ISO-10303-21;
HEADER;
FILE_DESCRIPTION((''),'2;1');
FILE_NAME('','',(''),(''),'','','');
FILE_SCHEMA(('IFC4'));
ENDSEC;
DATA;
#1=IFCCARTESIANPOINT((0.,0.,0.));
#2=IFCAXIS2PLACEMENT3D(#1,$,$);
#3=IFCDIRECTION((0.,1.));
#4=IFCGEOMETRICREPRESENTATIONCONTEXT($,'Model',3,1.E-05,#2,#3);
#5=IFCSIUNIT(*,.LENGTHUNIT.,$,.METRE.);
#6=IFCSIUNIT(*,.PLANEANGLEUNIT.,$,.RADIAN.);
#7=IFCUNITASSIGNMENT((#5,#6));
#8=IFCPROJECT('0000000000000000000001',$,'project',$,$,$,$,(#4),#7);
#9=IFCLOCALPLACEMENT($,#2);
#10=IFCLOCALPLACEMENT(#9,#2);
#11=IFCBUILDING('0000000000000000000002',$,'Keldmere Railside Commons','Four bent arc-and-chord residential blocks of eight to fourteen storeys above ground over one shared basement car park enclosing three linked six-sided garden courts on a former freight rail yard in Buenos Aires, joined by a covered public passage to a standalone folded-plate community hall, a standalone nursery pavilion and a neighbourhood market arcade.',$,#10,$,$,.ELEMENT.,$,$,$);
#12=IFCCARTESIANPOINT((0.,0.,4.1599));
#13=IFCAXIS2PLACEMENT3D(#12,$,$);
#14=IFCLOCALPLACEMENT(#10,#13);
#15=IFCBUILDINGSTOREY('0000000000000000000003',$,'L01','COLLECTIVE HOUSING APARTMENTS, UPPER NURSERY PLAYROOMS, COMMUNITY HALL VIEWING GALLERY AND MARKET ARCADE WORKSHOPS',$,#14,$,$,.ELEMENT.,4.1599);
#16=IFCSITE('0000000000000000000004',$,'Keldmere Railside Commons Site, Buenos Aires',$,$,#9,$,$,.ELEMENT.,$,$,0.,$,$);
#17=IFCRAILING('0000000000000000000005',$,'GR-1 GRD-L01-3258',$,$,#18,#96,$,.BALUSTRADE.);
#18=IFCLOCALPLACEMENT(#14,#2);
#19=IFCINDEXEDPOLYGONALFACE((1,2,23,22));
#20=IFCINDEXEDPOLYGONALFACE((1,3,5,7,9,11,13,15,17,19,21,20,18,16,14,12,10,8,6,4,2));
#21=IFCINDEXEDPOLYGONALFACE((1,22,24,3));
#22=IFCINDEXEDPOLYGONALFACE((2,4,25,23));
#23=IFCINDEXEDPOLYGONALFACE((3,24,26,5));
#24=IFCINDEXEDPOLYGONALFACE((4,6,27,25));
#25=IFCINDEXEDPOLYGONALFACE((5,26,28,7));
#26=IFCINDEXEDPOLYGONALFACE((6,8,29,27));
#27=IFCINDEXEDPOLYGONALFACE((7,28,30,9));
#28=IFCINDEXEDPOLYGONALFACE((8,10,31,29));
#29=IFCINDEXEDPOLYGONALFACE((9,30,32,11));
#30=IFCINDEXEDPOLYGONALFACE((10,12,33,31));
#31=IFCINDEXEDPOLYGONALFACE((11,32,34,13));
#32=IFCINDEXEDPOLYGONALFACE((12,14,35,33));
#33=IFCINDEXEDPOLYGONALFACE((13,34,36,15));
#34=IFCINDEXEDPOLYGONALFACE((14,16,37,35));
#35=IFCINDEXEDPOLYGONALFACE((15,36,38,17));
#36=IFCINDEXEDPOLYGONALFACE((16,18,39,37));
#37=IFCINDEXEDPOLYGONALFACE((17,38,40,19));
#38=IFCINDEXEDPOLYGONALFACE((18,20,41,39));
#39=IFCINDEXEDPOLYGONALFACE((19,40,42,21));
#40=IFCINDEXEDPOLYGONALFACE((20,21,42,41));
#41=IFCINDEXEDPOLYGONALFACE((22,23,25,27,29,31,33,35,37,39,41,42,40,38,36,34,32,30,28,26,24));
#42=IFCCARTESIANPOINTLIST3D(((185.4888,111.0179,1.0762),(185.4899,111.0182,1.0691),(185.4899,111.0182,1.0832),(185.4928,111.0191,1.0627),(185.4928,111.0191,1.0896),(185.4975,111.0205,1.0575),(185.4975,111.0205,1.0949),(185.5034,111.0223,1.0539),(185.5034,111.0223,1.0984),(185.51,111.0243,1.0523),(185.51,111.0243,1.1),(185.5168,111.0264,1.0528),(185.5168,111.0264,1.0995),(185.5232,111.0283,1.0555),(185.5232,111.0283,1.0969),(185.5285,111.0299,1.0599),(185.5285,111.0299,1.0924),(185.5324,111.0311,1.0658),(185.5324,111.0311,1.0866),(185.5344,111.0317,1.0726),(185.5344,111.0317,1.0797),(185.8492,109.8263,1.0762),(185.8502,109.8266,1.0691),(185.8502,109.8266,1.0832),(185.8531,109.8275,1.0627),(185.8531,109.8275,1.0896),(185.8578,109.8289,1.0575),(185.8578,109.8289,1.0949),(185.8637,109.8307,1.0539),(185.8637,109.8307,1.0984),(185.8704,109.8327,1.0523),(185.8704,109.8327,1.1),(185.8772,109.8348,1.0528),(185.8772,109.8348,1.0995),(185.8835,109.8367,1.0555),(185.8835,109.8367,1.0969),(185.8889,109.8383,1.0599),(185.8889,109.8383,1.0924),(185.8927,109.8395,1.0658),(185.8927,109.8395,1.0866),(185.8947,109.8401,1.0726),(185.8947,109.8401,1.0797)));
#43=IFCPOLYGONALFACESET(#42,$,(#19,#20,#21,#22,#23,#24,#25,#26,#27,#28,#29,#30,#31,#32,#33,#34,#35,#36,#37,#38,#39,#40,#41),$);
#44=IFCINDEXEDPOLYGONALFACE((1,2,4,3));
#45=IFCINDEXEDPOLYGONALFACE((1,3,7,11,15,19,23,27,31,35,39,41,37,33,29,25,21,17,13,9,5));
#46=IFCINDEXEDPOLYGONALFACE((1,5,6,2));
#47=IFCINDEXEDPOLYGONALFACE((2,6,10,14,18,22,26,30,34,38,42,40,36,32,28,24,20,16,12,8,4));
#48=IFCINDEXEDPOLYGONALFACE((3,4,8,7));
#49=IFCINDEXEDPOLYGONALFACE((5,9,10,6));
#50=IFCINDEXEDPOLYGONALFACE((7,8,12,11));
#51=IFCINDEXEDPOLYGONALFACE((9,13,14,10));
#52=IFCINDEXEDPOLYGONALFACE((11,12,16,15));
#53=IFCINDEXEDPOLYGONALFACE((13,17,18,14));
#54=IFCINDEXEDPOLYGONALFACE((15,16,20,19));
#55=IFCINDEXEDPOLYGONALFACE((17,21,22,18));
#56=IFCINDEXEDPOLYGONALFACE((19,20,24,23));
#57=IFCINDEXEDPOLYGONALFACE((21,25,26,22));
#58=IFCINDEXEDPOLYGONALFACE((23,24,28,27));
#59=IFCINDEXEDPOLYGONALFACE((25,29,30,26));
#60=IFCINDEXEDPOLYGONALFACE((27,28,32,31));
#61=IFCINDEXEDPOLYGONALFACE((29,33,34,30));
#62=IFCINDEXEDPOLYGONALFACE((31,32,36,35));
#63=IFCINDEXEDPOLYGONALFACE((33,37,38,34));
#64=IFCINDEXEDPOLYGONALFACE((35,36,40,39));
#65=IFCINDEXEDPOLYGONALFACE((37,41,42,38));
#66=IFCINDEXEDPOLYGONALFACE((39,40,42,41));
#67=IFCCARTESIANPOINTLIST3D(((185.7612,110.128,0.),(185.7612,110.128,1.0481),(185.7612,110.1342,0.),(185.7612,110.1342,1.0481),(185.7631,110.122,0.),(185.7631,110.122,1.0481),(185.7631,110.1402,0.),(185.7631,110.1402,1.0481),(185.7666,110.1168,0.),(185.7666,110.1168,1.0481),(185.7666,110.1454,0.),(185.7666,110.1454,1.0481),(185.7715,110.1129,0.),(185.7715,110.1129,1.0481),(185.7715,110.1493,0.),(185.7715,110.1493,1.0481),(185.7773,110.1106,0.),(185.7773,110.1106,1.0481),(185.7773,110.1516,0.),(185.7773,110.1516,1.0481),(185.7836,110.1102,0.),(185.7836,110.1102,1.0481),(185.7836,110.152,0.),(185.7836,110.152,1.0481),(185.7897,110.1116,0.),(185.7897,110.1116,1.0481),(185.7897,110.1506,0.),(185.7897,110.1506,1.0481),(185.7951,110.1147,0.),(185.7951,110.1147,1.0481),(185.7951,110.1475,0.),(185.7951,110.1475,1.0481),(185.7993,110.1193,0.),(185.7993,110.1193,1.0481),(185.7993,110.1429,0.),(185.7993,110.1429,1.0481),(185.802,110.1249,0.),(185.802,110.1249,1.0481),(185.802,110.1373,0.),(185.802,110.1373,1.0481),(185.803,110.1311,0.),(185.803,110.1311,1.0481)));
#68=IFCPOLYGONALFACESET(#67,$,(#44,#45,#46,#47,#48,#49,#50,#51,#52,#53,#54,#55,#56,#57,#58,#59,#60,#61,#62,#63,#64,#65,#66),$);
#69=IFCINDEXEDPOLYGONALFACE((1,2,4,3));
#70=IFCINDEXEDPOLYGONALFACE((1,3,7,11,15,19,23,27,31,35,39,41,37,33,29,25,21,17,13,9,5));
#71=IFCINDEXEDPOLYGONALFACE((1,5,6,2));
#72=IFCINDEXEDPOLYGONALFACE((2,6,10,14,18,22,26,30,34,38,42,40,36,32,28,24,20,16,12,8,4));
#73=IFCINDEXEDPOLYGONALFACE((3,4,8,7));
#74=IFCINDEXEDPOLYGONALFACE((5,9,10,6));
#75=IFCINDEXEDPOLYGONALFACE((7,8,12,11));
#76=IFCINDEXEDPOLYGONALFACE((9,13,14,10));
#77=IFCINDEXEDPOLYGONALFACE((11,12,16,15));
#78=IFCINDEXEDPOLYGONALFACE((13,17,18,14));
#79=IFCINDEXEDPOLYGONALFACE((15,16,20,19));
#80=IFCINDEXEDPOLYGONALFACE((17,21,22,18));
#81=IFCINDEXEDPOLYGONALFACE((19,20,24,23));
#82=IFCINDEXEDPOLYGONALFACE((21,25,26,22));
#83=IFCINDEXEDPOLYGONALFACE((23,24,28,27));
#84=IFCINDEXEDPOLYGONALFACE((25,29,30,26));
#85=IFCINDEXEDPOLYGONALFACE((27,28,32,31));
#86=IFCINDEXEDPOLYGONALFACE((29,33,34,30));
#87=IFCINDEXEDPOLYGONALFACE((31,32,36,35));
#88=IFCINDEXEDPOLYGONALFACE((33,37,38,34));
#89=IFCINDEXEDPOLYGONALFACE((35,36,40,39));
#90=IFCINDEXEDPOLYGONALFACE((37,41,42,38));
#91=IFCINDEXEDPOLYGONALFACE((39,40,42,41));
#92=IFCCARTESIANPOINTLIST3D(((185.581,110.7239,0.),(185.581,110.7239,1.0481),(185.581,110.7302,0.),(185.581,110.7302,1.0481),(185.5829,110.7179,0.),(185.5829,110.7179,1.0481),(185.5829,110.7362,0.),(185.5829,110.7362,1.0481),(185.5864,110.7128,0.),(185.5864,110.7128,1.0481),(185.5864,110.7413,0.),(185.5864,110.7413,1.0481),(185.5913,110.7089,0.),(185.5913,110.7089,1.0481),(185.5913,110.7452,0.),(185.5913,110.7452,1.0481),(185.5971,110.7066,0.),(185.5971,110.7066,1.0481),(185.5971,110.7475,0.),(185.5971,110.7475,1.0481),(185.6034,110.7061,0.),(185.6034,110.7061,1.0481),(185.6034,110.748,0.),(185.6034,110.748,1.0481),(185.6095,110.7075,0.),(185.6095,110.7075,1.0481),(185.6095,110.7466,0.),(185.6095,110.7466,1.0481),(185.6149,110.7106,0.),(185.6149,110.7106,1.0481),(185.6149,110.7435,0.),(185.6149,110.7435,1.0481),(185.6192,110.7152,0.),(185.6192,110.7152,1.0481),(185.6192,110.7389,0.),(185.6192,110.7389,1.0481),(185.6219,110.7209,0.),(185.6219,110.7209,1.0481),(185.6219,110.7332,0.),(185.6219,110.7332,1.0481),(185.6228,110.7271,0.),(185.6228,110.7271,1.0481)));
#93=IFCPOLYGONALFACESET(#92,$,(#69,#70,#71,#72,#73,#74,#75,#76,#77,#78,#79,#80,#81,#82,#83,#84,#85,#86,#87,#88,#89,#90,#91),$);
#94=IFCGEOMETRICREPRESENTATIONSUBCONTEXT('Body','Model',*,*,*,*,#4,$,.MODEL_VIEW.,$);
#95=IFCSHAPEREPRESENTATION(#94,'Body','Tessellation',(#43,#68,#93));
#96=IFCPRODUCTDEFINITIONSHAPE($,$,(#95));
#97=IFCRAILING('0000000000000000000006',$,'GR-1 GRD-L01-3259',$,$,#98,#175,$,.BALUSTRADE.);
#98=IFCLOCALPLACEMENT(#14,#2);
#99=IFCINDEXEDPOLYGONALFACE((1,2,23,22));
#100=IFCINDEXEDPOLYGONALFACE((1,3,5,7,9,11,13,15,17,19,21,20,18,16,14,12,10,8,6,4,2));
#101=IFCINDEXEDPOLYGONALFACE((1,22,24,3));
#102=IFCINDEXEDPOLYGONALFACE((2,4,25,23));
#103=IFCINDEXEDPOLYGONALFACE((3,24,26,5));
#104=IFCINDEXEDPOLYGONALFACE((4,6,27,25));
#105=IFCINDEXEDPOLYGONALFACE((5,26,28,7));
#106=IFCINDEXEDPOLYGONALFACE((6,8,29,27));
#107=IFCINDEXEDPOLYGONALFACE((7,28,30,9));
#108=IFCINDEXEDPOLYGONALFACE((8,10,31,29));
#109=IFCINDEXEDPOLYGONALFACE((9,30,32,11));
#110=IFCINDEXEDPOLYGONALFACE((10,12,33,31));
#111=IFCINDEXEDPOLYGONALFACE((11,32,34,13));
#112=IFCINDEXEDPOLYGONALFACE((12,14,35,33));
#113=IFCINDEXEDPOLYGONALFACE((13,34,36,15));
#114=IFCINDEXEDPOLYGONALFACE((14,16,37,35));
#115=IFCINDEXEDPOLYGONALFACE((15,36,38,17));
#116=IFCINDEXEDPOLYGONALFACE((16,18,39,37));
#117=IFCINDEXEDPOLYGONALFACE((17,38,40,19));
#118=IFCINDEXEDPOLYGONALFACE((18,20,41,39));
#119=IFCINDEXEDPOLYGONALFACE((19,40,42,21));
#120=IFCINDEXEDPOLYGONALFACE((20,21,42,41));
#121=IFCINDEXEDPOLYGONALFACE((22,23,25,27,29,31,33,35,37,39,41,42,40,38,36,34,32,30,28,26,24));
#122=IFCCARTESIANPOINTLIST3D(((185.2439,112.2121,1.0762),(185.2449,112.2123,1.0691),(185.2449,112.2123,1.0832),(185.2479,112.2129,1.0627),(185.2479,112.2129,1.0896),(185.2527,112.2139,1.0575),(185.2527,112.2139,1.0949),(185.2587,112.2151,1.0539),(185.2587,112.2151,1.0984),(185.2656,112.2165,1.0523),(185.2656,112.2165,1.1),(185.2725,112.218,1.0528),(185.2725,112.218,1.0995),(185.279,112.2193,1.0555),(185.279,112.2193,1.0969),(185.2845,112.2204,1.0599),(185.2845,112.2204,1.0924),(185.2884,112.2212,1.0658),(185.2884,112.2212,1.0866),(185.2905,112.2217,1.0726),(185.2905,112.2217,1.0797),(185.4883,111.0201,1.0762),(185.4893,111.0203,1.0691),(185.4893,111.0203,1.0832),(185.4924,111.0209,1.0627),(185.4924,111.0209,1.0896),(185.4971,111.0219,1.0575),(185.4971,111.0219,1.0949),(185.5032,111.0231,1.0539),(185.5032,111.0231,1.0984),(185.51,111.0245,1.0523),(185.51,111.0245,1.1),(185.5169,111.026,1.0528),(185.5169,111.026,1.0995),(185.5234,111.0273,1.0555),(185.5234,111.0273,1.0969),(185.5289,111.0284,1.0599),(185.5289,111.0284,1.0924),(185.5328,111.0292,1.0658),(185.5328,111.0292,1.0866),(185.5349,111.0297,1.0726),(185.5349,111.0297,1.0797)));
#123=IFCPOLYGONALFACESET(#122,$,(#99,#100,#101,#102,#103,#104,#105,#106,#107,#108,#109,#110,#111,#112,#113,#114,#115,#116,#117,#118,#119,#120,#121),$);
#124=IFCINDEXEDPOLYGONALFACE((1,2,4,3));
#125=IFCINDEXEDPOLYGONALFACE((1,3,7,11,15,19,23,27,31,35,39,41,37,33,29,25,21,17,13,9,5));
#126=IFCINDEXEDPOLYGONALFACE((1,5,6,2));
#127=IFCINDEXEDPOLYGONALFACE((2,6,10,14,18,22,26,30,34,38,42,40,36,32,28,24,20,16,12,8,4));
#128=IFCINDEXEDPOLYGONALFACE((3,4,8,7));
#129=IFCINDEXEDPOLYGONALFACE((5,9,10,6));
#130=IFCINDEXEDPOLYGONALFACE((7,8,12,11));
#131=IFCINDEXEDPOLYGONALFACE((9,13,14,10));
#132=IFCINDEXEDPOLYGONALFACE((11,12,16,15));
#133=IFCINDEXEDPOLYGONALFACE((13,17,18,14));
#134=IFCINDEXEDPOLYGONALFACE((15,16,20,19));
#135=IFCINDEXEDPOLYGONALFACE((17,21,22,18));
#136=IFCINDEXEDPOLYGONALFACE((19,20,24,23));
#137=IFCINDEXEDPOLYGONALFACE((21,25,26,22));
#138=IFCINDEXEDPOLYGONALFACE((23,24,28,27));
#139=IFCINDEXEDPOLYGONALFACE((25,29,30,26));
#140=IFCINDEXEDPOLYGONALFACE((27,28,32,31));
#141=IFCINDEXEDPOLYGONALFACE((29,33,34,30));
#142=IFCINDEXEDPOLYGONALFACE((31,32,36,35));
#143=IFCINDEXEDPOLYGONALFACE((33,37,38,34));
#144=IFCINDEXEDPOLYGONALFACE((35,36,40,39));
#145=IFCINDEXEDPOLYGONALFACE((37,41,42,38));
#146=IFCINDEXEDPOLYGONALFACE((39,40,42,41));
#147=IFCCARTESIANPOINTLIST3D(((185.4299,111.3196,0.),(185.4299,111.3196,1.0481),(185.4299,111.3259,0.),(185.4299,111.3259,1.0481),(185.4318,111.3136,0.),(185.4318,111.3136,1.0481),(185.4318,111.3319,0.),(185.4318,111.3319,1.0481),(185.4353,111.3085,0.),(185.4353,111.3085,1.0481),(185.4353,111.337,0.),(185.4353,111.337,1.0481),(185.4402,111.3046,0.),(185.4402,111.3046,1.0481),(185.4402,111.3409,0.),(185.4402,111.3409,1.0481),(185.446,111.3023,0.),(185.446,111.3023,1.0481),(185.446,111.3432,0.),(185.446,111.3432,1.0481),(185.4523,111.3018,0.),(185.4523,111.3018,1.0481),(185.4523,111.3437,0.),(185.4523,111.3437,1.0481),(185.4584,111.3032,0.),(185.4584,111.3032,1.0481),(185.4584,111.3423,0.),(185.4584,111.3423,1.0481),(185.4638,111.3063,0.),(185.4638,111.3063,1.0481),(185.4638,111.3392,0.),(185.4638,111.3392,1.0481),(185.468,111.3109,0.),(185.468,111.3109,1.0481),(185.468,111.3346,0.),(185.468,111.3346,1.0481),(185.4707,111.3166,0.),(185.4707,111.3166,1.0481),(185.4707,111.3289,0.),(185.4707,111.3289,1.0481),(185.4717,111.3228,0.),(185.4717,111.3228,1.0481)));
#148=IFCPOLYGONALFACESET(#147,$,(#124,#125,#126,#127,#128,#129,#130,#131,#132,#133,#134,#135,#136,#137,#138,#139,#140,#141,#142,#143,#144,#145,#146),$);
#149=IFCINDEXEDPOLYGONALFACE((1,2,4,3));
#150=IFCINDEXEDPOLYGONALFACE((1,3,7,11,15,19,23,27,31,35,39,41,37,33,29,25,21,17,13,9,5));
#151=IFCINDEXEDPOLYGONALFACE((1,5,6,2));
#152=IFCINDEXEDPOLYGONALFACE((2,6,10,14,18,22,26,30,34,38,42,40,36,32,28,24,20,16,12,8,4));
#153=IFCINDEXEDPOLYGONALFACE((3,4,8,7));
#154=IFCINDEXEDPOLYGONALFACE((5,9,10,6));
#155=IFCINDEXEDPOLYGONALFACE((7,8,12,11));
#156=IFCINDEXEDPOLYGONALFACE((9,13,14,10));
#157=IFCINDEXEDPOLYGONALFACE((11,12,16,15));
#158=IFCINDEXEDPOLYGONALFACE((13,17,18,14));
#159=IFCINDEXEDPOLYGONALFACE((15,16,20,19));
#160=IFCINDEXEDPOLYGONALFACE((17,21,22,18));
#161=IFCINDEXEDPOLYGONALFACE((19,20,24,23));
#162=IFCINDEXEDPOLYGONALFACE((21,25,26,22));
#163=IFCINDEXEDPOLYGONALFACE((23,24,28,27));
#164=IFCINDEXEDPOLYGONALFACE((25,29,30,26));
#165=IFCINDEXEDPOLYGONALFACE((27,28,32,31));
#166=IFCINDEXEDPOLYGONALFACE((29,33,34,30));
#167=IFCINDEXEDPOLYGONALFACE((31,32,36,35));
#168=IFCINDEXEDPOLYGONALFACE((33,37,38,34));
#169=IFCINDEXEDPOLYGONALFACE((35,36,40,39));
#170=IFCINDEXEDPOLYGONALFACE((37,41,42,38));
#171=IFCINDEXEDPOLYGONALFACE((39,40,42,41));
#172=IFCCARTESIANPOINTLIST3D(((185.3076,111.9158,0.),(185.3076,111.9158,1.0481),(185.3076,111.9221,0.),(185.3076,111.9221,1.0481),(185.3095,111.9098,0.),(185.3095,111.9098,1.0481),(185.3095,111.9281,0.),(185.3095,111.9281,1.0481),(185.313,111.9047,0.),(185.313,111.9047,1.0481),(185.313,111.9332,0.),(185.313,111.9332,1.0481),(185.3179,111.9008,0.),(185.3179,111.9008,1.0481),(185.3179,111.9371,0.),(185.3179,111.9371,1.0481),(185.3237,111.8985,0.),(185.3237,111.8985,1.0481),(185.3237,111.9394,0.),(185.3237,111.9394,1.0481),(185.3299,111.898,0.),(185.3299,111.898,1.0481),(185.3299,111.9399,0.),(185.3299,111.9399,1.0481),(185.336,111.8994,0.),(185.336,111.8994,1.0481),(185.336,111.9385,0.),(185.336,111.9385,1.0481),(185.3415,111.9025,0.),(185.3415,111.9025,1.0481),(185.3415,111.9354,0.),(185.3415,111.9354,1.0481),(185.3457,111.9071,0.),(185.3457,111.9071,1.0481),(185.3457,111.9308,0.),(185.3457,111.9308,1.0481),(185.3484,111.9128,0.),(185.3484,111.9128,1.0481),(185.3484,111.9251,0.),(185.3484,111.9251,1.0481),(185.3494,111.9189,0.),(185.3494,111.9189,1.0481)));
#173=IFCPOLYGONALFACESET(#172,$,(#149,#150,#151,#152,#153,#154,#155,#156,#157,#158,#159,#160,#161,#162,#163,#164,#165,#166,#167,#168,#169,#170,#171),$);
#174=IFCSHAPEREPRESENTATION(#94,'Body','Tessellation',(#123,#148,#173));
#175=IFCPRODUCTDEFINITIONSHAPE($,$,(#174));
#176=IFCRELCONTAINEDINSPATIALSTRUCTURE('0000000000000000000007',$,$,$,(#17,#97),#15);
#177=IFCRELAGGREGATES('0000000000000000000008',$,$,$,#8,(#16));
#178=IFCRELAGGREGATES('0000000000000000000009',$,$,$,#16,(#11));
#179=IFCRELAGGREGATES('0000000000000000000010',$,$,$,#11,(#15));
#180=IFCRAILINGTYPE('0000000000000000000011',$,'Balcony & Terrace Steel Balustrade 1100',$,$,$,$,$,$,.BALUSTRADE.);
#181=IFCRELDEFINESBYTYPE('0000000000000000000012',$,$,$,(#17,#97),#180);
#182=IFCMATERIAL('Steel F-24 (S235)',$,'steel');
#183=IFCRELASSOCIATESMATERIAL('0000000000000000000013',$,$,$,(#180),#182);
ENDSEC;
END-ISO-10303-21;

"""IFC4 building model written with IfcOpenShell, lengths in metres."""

from ifc_helpers import new_model, si_unit, direction, frame, origin, origin_2d, place, context, subcontext, project, spatial, circle, extrude, material, type_object, element, save


model = new_model("IFC4")

# Units and contexts
model_context = context("Model", 3, precision=1e-05, world=origin(), true_north=direction((0.0, 1.0)))
body_context = subcontext(model_context, "Body", "Model", "MODEL_VIEW")
ifc_project = project(units=[si_unit("LENGTHUNIT", "METRE"), si_unit("PLANEANGLEUNIT", "RADIAN")], contexts=[model_context])

# Site, building, storey
site_placement = place(None, origin())
site = spatial("IfcSite", under=ifc_project, at=site_placement, Name="Keldmere Railside Commons Site, Buenos Aires", CompositionType="ELEMENT", RefElevation=0.0)
building_placement = place(site_placement, origin())
building = spatial("IfcBuilding", under=site, at=building_placement, Name="Keldmere Railside Commons", Description="Four bent arc-and-chord residential blocks of eight to fourteen storeys above ground over one shared basement car park enclosing three linked six-sided garden courts on a former freight rail yard in Buenos Aires, joined by a covered public passage to a standalone folded-plate community hall, a standalone nursery pavilion and a neighbourhood market arcade.", CompositionType="ELEMENT")
storey_placement = place(building_placement, frame((0.0, 0.0, 4.1599)))
storey = spatial("IfcBuildingStorey", under=building, at=storey_placement, Name="L01", Description="COLLECTIVE HOUSING APARTMENTS, UPPER NURSERY PLAYROOMS, COMMUNITY HALL VIEWING GALLERY AND MARKET ARCADE WORKSHOPS", CompositionType="ELEMENT", Elevation=4.1599)

# Railings
ifc_material_1 = material(Name="Steel F-24 (S235)", Category="steel")
railing_type = type_object("IfcRailingType", Name="Balcony & Terrace Steel Balustrade 1100", PredefinedType="BALUSTRADE", material=ifc_material_1)
railing_1_placement = place(storey_placement, frame((185.8721, 109.8333, 0.0)))
element("IfcRailing", 1, at=railing_1_placement, inside=storey, type_object=railing_type, Name="GR-1 GRD-L01-3258", PredefinedType="BALUSTRADE", context=body_context, shape_type="SweptSolid", body=[
    extrude(circle(Radius=0.0239, at=origin_2d()), frame((0.0, 0.0, 1.0762), z_axis=(-0.289452, 0.957192, 0.0), x_axis=(-0.957192, -0.289452, 0.0)), (0.0, 0.0, 1.0), 1.2449),
    extrude(circle(Radius=0.021, at=origin_2d()), frame((-0.0901, 0.2979, 0.0)), (0.0, 0.0, 1.0), 1.0481),
    extrude(circle(Radius=0.021, at=origin_2d()), frame((-0.2703, 0.8938, 0.0)), (0.0, 0.0, 1.0), 1.0481),
])
railing_2_placement = place(storey_placement, frame((185.5117, 111.0249, 0.0)))
element("IfcRailing", 2, at=railing_2_placement, inside=storey, type_object=railing_type, Name="GR-1 GRD-L01-3259", PredefinedType="BALUSTRADE", context=body_context, shape_type="SweptSolid", body=[
    extrude(circle(Radius=0.0239, at=origin_2d()), frame((0.0, 0.0, 1.0762), z_axis=(-0.20086, 0.97962, 0.0), x_axis=(-0.97962, -0.20086, 0.0)), (0.0, 0.0, 1.0), 1.2168),
    extrude(circle(Radius=0.021, at=origin_2d()), frame((-0.061, 0.2979, 0.0)), (0.0, 0.0, 1.0), 1.0481),
    extrude(circle(Radius=0.021, at=origin_2d()), frame((-0.1833, 0.894, 0.0)), (0.0, 0.0, 1.0), 1.0481),
])

save(model, "model.ifc")
